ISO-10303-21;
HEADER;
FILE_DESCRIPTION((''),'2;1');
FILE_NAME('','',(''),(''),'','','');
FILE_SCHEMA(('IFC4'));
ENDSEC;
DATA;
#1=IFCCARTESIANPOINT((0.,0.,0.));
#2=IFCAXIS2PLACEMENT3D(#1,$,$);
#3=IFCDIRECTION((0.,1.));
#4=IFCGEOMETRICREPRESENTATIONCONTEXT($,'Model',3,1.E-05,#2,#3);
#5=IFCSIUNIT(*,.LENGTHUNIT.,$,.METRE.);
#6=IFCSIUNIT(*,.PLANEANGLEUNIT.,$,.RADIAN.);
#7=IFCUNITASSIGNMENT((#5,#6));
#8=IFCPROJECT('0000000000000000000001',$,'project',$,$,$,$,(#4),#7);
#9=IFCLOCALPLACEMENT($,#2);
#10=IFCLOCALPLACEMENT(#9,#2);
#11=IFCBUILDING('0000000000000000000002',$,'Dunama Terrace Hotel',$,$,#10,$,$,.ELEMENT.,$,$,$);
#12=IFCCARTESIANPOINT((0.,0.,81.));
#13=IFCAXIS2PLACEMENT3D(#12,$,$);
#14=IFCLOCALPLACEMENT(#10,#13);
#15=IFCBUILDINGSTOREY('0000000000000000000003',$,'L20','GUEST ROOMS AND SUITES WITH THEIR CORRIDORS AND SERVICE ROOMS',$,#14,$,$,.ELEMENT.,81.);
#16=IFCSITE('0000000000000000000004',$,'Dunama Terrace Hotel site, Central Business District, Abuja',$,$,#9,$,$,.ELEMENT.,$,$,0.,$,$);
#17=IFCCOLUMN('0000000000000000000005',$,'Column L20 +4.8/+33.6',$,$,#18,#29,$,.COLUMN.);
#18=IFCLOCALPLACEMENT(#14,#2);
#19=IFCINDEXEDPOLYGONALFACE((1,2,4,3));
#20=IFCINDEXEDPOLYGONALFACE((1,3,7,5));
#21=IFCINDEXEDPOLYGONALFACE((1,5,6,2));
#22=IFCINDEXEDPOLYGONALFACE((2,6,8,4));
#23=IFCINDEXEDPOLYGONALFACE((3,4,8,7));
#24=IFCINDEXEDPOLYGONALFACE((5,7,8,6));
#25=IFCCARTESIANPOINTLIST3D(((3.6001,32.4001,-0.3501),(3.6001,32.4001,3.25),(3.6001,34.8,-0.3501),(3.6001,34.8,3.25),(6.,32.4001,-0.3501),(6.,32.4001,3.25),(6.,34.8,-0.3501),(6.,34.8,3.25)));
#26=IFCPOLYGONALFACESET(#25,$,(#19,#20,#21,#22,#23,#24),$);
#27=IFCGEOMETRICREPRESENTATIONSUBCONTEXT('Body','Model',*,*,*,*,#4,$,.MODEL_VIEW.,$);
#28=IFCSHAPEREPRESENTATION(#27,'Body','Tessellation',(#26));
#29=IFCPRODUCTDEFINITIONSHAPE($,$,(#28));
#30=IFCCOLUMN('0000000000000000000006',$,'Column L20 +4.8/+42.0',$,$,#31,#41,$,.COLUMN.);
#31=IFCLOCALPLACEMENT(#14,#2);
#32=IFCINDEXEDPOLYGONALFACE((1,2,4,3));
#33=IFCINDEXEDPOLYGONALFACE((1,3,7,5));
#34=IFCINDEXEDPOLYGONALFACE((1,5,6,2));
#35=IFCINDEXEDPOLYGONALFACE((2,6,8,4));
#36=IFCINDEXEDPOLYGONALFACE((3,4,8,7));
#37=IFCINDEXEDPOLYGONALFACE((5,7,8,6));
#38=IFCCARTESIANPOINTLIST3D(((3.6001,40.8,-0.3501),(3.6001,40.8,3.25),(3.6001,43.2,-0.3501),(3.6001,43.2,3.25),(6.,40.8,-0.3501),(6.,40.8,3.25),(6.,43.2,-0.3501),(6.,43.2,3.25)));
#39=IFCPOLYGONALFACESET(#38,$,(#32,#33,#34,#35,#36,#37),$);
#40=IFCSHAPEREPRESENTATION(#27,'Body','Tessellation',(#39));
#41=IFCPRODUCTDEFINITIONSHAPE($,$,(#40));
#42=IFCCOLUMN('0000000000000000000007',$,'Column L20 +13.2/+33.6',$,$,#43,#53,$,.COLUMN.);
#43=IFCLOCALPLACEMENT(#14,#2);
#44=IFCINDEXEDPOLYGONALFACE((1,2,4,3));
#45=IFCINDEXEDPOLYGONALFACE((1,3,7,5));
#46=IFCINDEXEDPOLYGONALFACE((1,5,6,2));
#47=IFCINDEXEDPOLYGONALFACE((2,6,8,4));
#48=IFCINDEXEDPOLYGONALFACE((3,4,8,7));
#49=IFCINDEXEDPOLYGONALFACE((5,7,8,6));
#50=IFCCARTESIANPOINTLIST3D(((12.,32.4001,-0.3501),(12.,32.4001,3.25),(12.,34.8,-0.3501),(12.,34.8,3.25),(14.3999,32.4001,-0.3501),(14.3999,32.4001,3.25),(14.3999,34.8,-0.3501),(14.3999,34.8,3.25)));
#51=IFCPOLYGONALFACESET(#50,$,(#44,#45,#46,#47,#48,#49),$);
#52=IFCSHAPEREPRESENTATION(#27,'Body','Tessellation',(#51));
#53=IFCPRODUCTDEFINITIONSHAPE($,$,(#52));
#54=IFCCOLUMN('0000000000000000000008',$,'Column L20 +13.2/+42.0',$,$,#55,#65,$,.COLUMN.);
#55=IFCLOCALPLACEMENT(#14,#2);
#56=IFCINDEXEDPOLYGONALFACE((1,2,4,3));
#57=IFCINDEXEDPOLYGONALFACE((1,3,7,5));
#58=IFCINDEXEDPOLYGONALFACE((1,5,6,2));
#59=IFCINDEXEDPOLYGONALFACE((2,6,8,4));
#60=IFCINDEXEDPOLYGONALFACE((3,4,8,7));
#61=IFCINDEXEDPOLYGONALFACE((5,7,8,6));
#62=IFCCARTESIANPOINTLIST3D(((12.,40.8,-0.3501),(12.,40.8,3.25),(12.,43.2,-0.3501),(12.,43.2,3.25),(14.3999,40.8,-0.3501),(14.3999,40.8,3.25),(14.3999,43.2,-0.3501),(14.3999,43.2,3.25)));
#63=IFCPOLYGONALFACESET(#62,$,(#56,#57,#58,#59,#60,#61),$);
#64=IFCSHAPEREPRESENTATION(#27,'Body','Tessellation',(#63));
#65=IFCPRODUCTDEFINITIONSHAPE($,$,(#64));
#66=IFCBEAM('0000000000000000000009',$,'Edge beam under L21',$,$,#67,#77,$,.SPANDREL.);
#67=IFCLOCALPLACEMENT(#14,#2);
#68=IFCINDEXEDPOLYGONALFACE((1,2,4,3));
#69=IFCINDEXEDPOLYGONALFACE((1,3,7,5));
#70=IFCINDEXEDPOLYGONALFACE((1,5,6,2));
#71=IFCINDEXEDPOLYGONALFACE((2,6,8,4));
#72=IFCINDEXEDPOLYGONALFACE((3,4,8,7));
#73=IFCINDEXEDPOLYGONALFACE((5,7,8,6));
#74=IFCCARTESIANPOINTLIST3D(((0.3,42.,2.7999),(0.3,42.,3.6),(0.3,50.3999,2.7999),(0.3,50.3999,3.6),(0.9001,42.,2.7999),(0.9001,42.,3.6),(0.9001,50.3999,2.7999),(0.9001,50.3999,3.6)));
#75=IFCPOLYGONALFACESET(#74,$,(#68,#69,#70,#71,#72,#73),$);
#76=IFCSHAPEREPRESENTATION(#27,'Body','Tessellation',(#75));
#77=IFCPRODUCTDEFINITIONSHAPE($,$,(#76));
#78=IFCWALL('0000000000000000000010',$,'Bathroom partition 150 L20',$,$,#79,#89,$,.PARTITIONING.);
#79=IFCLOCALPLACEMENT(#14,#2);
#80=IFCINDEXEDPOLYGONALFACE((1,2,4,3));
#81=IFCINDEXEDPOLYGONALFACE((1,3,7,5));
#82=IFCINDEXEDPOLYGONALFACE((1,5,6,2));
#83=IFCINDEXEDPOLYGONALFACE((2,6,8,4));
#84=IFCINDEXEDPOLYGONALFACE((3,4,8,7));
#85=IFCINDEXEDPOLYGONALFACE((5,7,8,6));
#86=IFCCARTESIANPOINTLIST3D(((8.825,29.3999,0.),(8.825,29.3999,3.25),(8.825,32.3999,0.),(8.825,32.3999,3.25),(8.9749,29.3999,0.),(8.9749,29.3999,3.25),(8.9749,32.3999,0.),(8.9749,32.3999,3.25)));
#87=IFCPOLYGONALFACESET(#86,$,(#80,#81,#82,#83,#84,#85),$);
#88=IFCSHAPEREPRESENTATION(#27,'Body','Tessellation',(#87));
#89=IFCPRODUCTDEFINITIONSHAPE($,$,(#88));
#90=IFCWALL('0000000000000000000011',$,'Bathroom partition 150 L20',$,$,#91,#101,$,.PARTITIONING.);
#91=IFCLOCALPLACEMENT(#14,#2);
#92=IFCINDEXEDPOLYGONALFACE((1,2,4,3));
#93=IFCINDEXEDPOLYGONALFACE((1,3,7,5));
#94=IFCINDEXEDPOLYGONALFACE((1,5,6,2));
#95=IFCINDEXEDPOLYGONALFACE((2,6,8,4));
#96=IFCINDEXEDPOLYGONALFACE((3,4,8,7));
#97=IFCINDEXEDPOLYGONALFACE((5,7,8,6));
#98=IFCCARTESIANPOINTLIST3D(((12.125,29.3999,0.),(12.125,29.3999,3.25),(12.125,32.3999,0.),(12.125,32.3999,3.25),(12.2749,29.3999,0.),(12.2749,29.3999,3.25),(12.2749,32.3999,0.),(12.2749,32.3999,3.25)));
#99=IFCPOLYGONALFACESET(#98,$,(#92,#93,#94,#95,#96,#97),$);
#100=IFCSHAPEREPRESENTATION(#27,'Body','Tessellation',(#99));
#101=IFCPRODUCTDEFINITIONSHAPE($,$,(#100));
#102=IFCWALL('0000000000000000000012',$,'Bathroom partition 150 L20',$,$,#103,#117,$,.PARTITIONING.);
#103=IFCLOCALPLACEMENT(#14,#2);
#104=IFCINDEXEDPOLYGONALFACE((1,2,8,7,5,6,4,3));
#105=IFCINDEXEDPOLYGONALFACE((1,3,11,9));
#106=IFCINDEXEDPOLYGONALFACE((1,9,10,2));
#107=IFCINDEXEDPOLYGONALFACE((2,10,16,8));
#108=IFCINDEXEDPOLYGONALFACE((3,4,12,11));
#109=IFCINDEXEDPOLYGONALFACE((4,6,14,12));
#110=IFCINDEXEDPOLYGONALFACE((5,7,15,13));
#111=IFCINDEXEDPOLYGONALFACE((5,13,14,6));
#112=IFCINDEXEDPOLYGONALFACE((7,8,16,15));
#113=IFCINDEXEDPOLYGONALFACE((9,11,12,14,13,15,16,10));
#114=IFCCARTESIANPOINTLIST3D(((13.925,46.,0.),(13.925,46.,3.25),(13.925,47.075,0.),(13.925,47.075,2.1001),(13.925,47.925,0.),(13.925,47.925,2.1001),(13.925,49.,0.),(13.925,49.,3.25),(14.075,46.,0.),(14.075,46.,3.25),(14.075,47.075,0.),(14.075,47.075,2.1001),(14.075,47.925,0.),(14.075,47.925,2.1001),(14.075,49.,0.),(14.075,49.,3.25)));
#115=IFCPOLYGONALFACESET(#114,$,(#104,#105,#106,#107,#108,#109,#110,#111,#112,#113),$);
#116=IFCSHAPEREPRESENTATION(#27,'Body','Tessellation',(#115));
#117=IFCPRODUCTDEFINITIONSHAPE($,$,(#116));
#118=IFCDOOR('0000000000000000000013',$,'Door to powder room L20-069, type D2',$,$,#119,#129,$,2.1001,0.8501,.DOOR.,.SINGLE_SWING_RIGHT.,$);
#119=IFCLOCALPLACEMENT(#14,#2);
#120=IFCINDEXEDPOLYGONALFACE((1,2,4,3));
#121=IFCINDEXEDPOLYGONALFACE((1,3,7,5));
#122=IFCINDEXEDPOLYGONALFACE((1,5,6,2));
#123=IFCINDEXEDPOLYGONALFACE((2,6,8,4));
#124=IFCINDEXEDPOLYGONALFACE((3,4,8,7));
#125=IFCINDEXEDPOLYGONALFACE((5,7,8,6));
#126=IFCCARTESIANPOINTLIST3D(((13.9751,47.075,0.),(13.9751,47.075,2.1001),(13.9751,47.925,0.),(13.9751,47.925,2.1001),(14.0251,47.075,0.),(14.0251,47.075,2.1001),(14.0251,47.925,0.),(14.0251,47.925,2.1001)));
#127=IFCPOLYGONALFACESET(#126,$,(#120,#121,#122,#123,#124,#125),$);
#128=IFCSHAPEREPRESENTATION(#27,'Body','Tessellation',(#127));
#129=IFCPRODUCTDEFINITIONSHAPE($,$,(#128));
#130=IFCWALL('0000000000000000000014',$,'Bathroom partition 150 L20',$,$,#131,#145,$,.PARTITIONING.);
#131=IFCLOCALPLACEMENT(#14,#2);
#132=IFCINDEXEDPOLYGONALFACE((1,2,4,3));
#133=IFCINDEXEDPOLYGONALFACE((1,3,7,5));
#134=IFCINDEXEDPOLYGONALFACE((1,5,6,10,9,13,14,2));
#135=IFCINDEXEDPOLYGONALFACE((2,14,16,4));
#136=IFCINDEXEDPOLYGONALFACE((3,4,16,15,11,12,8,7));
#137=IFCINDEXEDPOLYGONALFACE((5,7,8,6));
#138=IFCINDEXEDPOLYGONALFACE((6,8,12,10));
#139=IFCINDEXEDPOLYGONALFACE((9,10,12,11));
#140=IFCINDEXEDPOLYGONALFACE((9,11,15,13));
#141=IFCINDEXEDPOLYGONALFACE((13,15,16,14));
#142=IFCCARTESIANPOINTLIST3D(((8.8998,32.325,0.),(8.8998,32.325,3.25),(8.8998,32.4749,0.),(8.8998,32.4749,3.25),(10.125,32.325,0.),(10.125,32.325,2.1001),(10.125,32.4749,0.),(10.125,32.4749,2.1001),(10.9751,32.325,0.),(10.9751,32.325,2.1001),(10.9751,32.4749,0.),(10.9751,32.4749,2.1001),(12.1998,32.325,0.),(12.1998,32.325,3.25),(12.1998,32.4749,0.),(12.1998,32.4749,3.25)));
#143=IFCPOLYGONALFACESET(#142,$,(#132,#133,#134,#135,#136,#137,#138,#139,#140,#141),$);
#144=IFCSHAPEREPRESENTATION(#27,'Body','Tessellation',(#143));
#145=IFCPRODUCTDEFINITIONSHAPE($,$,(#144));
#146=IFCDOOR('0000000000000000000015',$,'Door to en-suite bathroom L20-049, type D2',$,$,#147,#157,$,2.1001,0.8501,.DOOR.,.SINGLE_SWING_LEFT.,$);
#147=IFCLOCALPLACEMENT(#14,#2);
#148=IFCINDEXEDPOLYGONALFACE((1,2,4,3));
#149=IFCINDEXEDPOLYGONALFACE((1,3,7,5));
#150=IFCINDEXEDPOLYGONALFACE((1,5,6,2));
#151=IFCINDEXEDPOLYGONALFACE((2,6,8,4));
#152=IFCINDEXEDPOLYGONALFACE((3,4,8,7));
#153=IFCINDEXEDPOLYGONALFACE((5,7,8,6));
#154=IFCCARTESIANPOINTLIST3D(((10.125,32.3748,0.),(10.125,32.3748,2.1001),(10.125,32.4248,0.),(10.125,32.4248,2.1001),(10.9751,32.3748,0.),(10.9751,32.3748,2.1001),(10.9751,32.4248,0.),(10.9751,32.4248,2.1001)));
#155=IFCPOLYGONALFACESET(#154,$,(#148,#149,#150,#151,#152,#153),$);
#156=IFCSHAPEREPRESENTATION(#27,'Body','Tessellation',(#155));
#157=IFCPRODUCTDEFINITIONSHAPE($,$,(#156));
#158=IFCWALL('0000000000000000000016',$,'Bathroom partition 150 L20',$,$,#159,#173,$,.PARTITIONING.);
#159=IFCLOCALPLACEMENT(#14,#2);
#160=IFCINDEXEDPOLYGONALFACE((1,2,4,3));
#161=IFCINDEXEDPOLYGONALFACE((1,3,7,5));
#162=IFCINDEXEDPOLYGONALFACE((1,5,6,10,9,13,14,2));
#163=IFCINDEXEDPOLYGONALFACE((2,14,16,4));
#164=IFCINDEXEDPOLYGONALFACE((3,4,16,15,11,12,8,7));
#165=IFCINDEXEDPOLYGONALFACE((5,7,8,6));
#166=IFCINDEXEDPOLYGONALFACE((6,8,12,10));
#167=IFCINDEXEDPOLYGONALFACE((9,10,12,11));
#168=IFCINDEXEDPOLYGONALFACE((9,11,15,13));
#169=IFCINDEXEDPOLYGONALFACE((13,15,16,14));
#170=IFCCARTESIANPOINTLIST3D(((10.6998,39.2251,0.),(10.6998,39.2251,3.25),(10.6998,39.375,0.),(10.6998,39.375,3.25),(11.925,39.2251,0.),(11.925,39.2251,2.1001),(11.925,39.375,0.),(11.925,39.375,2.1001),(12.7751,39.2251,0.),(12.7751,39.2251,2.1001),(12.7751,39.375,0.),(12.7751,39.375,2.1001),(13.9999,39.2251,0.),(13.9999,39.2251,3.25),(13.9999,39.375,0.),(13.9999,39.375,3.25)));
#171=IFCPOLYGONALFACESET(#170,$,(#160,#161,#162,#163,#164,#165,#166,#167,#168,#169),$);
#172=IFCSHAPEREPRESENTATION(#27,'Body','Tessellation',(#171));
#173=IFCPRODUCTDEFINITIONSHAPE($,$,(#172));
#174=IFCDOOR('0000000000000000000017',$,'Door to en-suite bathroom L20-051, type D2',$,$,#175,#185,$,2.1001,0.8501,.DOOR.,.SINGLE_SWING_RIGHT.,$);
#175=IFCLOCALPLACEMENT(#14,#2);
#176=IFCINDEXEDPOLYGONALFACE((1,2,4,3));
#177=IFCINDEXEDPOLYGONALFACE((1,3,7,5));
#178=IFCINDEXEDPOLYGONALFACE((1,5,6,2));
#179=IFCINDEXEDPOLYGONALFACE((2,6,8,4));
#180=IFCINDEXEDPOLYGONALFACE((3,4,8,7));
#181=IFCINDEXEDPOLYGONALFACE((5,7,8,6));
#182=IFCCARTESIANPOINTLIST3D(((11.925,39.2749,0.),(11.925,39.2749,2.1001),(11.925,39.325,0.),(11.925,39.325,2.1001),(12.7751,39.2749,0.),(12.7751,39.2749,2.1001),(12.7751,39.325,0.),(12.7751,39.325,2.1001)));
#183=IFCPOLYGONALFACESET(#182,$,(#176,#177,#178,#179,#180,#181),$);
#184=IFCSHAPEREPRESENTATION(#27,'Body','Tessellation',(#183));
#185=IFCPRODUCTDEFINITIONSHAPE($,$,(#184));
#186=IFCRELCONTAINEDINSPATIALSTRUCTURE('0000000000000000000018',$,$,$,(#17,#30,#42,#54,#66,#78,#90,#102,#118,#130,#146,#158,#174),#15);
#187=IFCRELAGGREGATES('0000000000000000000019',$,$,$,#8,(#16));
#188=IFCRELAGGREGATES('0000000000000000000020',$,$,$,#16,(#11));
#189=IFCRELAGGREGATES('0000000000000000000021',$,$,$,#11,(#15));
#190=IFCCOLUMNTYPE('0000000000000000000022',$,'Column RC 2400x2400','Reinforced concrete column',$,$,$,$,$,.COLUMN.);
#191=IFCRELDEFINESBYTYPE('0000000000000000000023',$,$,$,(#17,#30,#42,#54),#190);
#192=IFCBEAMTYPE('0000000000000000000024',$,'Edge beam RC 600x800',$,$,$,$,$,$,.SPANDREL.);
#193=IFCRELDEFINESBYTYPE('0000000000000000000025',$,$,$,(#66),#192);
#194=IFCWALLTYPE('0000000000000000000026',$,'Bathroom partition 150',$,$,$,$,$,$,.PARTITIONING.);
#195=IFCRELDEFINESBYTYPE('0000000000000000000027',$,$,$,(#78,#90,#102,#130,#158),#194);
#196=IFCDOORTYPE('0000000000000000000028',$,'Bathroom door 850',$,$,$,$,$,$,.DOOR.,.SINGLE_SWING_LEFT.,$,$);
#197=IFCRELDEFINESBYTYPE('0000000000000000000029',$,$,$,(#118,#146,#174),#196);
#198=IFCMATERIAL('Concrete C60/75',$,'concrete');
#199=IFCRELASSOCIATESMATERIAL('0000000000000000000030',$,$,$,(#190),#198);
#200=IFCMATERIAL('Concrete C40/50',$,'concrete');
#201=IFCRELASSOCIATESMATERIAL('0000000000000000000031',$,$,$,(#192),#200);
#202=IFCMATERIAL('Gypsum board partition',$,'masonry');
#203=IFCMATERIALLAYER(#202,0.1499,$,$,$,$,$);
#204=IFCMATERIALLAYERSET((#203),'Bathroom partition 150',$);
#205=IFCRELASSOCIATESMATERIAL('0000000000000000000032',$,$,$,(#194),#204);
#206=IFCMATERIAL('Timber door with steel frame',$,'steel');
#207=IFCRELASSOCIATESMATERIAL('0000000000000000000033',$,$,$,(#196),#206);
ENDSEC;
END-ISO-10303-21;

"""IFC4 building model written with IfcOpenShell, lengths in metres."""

from ifc_helpers import new_model, si_unit, direction, frame, frame_2d, origin, origin_2d, place, context, subcontext, project, spatial, rectangle, extrude, material, layer, layer_set, material_profile, profile_set, type_object, element, fill, save


model = new_model("IFC4")

# Units and contexts
model_context = context("Model", 3, precision=1e-05, world=origin(), true_north=direction((0.0, 1.0)))
body_context = subcontext(model_context, "Body", "Model", "MODEL_VIEW")
ifc_project = project(units=[si_unit("LENGTHUNIT", "METRE"), si_unit("PLANEANGLEUNIT", "RADIAN")], contexts=[model_context])

# Site, building, storey
site_placement = place(None, origin())
site = spatial("IfcSite", under=ifc_project, at=site_placement, Name="Dunama Terrace Hotel site, Central Business District, Abuja", CompositionType="ELEMENT", RefElevation=0.0)
building_placement = place(site_placement, origin())
building = spatial("IfcBuilding", under=site, at=building_placement, Name="Dunama Terrace Hotel", CompositionType="ELEMENT")
storey_placement = place(building_placement, frame((0.0, 0.0, 81.0)))
storey = spatial("IfcBuildingStorey", under=building, at=storey_placement, Name="L20", Description="GUEST ROOMS AND SUITES WITH THEIR CORRIDORS AND SERVICE ROOMS", CompositionType="ELEMENT", Elevation=81.0)

# Columns
ifc_material_1 = material(Name="Concrete C60/75", Category="concrete")
ifc_material_profile_1 = material_profile(ifc_material_1, rectangle(XDim=2.3999, YDim=2.3999, at=origin_2d()), Name="RC 2400x2400")
ifc_profile_set_1 = profile_set([ifc_material_profile_1], Name="Concrete C60/75")
column_type = type_object("IfcColumnType", Name="Column RC 2400x2400", Description="Reinforced concrete column", PredefinedType="COLUMN", material=ifc_profile_set_1)
for number, where, z_axis, x_axis, name in (
    (1, (4.8, 33.6001, -0.3501), (0.0, 0.0, 1.0), (1.0, 0.0, 0.0), "Column L20 +4.8/+33.6"),
    (2, (4.8, 42.0, -0.3501), (0.0, 0.0, 1.0), (1.0, 0.0, 0.0), "Column L20 +4.8/+42.0"),
    (3, (13.2, 33.6001, -0.3501), (0.0, 0.0, 1.0), (1.0, 0.0, 0.0), "Column L20 +13.2/+33.6"),
    (4, (13.2, 42.0, -0.3501), (0.0, 0.0, 1.0), (1.0, 0.0, 0.0), "Column L20 +13.2/+42.0"),
):
    element("IfcColumn", number, at=place(storey_placement, frame(where, z_axis=z_axis, x_axis=x_axis)), inside=storey, type_object=column_type, Name=name, PredefinedType="COLUMN", context=body_context, shape_type="SweptSolid", body=[
        extrude(rectangle(XDim=2.3999, YDim=2.3999, at=origin_2d()), origin(), (0.0, 0.0, 1.0), 3.6001),
    ])

# Beam
ifc_material_2 = material(Name="Concrete C40/50", Category="concrete")
ifc_material_profile_2 = material_profile(ifc_material_2, rectangle(XDim=0.6001, YDim=0.8, at=origin_2d()), Name="RC 600x800")
ifc_profile_set_2 = profile_set([ifc_material_profile_2], Name="Concrete C40/50")
beam_type = type_object("IfcBeamType", Name="Edge beam RC 600x800", PredefinedType="SPANDREL", material=ifc_profile_set_2)
beam_placement = place(storey_placement, frame((0.6001, 42.0, 3.2), z_axis=(0.0, 1.0, 0.0), x_axis=(-1.0, 0.0, 0.0)))
element("IfcBeam", 5, at=beam_placement, inside=storey, type_object=beam_type, Name="Edge beam under L21", PredefinedType="SPANDREL", context=body_context, shape_type="SweptSolid", body=[
    extrude(rectangle(XDim=0.6001, YDim=0.8, at=origin_2d()), origin(), (0.0, 0.0, 1.0), 8.3999),
])

# Walls
ifc_material_3 = material(Name="Gypsum board partition", Category="masonry")
ifc_layer_1 = layer(ifc_material_3, 0.1499)
ifc_layer_set_1 = layer_set([ifc_layer_1], Name="Bathroom partition 150")
wall_type_1 = type_object("IfcWallType", Name="Bathroom partition 150", PredefinedType="PARTITIONING", material=ifc_layer_set_1)
for number, where, z_axis, x_axis, name in (
    (6, (8.8999, 29.3999, 0.0), (0.0, 0.0, 1.0), (0.0, 1.0, 0.0), "Bathroom partition 150 L20"),
    (7, (12.2, 29.3999, 0.0), (0.0, 0.0, 1.0), (0.0, 1.0, 0.0), "Bathroom partition 150 L20"),
):
    element("IfcWall", number, at=place(storey_placement, frame(where, z_axis=z_axis, x_axis=x_axis)), inside=storey, type_object=wall_type_1, Name=name, PredefinedType="PARTITIONING", context=body_context, shape_type="SweptSolid", body=[
        extrude(rectangle(XDim=3.0, YDim=0.1499, at=frame_2d((1.5, 0.0))), origin(), (0.0, 0.0, 1.0), 3.25),
    ])

# Walls, openings, doors
wall_1_placement = place(storey_placement, frame((14.0, 46.0, 0.0), z_axis=(0.0, 0.0, 1.0), x_axis=(0.0, 1.0, 0.0)))
wall_1 = element("IfcWall", 8, at=wall_1_placement, inside=storey, type_object=wall_type_1, Name="Bathroom partition 150 L20", PredefinedType="PARTITIONING", context=body_context, shape_type="SweptSolid", body=[
    extrude(rectangle(XDim=3.0, YDim=0.1499, at=frame_2d((1.5, 0.0))), origin(), (0.0, 0.0, 1.0), 3.25),
])
opening_1_placement = place(wall_1_placement, frame((1.075, 0.0, 0.0)))
opening_1 = element("IfcOpeningElement", 9, at=opening_1_placement, cuts=wall_1, PredefinedType="OPENING", context=body_context, shape_type="SweptSolid", body=[
    extrude(rectangle(XDim=0.8501, YDim=2.1001, at=frame_2d((0.425, 1.05))), frame((0.0, 0.085, 0.0), z_axis=(0.0, -1.0, 0.0), x_axis=(1.0, 0.0, 0.0)), (0.0, 0.0, 1.0), 0.1699),
])
ifc_material_4 = material(Name="Timber door with steel frame", Category="steel")
door_type_1 = type_object("IfcDoorType", Name="Bathroom door 850", OperationType="SINGLE_SWING_LEFT", PredefinedType="DOOR", material=ifc_material_4)
door_1_placement = place(opening_1_placement, frame((0.8501, 0.0, 0.0), z_axis=(0.0, 0.0, 1.0), x_axis=(-1.0, 0.0, 0.0)))
door_1 = element("IfcDoor", 10, at=door_1_placement, inside=storey, type_object=door_type_1, Name="Door to powder room L20-069, type D2", OperationType="SINGLE_SWING_RIGHT", OverallHeight=2.1001, OverallWidth=0.8501, PredefinedType="DOOR", context=body_context, shape_type="SweptSolid", body=[
    extrude(rectangle(XDim=0.8501, YDim=2.1001, at=frame_2d((0.425, 1.05))), frame((0.0, 0.0251, 0.0), z_axis=(0.0, -1.0, 0.0), x_axis=(1.0, 0.0, 0.0)), (0.0, 0.0, 1.0), 0.05),
])
fill(opening_1, door_1)
wall_2_placement = place(storey_placement, frame((8.8999, 32.3999, 0.0), z_axis=(0.0, 0.0, 1.0), x_axis=(1.0, 0.0, 0.0)))
wall_2 = element("IfcWall", 11, at=wall_2_placement, inside=storey, type_object=wall_type_1, Name="Bathroom partition 150 L20", PredefinedType="PARTITIONING", context=body_context, shape_type="SweptSolid", body=[
    extrude(rectangle(XDim=3.3, YDim=0.1499, at=frame_2d((1.6499, 0.0))), origin(), (0.0, 0.0, 1.0), 3.25),
])
opening_2_placement = place(wall_2_placement, frame((1.2251, 0.0, 0.0)))
opening_2 = element("IfcOpeningElement", 12, at=opening_2_placement, cuts=wall_2, PredefinedType="OPENING", context=body_context, shape_type="SweptSolid", body=[
    extrude(rectangle(XDim=0.8501, YDim=2.1001, at=frame_2d((0.425, 1.05))), frame((0.0, 0.085, 0.0), z_axis=(0.0, -1.0, 0.0), x_axis=(1.0, 0.0, 0.0)), (0.0, 0.0, 1.0), 0.1699),
])
door_2_placement = place(opening_2_placement, frame((0.8501, 0.0, 0.0), z_axis=(0.0, 0.0, 1.0), x_axis=(-1.0, 0.0, 0.0)))
door_2 = element("IfcDoor", 13, at=door_2_placement, inside=storey, type_object=door_type_1, Name="Door to en-suite bathroom L20-049, type D2", OperationType="SINGLE_SWING_LEFT", OverallHeight=2.1001, OverallWidth=0.8501, PredefinedType="DOOR", context=body_context, shape_type="SweptSolid", body=[
    extrude(rectangle(XDim=0.8501, YDim=2.1001, at=frame_2d((0.425, 1.05))), frame((0.0, 0.0251, 0.0), z_axis=(0.0, -1.0, 0.0), x_axis=(1.0, 0.0, 0.0)), (0.0, 0.0, 1.0), 0.05),
])
fill(opening_2, door_2)
wall_3_placement = place(storey_placement, frame((10.7, 39.3, 0.0), z_axis=(0.0, 0.0, 1.0), x_axis=(1.0, 0.0, 0.0)))
wall_3 = element("IfcWall", 14, at=wall_3_placement, inside=storey, type_object=wall_type_1, Name="Bathroom partition 150 L20", PredefinedType="PARTITIONING", context=body_context, shape_type="SweptSolid", body=[
    extrude(rectangle(XDim=3.3, YDim=0.1499, at=frame_2d((1.6499, 0.0))), origin(), (0.0, 0.0, 1.0), 3.25),
])
opening_3_placement = place(wall_3_placement, frame((1.2251, 0.0, 0.0)))
opening_3 = element("IfcOpeningElement", 15, at=opening_3_placement, cuts=wall_3, PredefinedType="OPENING", context=body_context, shape_type="SweptSolid", body=[
    extrude(rectangle(XDim=0.8501, YDim=2.1001, at=frame_2d((0.425, 1.05))), frame((0.0, 0.085, 0.0), z_axis=(0.0, -1.0, 0.0), x_axis=(1.0, 0.0, 0.0)), (0.0, 0.0, 1.0), 0.1699),
])
door_3_placement = place(opening_3_placement, origin())
door_3 = element("IfcDoor", 16, at=door_3_placement, inside=storey, type_object=door_type_1, Name="Door to en-suite bathroom L20-051, type D2", OperationType="SINGLE_SWING_RIGHT", OverallHeight=2.1001, OverallWidth=0.8501, PredefinedType="DOOR", context=body_context, shape_type="SweptSolid", body=[
    extrude(rectangle(XDim=0.8501, YDim=2.1001, at=frame_2d((0.425, 1.05))), frame((0.0, 0.0249, 0.0), z_axis=(0.0, -1.0, 0.0), x_axis=(1.0, 0.0, 0.0)), (0.0, 0.0, 1.0), 0.05),
])
fill(opening_3, door_3)

save(model, "model.ifc")
